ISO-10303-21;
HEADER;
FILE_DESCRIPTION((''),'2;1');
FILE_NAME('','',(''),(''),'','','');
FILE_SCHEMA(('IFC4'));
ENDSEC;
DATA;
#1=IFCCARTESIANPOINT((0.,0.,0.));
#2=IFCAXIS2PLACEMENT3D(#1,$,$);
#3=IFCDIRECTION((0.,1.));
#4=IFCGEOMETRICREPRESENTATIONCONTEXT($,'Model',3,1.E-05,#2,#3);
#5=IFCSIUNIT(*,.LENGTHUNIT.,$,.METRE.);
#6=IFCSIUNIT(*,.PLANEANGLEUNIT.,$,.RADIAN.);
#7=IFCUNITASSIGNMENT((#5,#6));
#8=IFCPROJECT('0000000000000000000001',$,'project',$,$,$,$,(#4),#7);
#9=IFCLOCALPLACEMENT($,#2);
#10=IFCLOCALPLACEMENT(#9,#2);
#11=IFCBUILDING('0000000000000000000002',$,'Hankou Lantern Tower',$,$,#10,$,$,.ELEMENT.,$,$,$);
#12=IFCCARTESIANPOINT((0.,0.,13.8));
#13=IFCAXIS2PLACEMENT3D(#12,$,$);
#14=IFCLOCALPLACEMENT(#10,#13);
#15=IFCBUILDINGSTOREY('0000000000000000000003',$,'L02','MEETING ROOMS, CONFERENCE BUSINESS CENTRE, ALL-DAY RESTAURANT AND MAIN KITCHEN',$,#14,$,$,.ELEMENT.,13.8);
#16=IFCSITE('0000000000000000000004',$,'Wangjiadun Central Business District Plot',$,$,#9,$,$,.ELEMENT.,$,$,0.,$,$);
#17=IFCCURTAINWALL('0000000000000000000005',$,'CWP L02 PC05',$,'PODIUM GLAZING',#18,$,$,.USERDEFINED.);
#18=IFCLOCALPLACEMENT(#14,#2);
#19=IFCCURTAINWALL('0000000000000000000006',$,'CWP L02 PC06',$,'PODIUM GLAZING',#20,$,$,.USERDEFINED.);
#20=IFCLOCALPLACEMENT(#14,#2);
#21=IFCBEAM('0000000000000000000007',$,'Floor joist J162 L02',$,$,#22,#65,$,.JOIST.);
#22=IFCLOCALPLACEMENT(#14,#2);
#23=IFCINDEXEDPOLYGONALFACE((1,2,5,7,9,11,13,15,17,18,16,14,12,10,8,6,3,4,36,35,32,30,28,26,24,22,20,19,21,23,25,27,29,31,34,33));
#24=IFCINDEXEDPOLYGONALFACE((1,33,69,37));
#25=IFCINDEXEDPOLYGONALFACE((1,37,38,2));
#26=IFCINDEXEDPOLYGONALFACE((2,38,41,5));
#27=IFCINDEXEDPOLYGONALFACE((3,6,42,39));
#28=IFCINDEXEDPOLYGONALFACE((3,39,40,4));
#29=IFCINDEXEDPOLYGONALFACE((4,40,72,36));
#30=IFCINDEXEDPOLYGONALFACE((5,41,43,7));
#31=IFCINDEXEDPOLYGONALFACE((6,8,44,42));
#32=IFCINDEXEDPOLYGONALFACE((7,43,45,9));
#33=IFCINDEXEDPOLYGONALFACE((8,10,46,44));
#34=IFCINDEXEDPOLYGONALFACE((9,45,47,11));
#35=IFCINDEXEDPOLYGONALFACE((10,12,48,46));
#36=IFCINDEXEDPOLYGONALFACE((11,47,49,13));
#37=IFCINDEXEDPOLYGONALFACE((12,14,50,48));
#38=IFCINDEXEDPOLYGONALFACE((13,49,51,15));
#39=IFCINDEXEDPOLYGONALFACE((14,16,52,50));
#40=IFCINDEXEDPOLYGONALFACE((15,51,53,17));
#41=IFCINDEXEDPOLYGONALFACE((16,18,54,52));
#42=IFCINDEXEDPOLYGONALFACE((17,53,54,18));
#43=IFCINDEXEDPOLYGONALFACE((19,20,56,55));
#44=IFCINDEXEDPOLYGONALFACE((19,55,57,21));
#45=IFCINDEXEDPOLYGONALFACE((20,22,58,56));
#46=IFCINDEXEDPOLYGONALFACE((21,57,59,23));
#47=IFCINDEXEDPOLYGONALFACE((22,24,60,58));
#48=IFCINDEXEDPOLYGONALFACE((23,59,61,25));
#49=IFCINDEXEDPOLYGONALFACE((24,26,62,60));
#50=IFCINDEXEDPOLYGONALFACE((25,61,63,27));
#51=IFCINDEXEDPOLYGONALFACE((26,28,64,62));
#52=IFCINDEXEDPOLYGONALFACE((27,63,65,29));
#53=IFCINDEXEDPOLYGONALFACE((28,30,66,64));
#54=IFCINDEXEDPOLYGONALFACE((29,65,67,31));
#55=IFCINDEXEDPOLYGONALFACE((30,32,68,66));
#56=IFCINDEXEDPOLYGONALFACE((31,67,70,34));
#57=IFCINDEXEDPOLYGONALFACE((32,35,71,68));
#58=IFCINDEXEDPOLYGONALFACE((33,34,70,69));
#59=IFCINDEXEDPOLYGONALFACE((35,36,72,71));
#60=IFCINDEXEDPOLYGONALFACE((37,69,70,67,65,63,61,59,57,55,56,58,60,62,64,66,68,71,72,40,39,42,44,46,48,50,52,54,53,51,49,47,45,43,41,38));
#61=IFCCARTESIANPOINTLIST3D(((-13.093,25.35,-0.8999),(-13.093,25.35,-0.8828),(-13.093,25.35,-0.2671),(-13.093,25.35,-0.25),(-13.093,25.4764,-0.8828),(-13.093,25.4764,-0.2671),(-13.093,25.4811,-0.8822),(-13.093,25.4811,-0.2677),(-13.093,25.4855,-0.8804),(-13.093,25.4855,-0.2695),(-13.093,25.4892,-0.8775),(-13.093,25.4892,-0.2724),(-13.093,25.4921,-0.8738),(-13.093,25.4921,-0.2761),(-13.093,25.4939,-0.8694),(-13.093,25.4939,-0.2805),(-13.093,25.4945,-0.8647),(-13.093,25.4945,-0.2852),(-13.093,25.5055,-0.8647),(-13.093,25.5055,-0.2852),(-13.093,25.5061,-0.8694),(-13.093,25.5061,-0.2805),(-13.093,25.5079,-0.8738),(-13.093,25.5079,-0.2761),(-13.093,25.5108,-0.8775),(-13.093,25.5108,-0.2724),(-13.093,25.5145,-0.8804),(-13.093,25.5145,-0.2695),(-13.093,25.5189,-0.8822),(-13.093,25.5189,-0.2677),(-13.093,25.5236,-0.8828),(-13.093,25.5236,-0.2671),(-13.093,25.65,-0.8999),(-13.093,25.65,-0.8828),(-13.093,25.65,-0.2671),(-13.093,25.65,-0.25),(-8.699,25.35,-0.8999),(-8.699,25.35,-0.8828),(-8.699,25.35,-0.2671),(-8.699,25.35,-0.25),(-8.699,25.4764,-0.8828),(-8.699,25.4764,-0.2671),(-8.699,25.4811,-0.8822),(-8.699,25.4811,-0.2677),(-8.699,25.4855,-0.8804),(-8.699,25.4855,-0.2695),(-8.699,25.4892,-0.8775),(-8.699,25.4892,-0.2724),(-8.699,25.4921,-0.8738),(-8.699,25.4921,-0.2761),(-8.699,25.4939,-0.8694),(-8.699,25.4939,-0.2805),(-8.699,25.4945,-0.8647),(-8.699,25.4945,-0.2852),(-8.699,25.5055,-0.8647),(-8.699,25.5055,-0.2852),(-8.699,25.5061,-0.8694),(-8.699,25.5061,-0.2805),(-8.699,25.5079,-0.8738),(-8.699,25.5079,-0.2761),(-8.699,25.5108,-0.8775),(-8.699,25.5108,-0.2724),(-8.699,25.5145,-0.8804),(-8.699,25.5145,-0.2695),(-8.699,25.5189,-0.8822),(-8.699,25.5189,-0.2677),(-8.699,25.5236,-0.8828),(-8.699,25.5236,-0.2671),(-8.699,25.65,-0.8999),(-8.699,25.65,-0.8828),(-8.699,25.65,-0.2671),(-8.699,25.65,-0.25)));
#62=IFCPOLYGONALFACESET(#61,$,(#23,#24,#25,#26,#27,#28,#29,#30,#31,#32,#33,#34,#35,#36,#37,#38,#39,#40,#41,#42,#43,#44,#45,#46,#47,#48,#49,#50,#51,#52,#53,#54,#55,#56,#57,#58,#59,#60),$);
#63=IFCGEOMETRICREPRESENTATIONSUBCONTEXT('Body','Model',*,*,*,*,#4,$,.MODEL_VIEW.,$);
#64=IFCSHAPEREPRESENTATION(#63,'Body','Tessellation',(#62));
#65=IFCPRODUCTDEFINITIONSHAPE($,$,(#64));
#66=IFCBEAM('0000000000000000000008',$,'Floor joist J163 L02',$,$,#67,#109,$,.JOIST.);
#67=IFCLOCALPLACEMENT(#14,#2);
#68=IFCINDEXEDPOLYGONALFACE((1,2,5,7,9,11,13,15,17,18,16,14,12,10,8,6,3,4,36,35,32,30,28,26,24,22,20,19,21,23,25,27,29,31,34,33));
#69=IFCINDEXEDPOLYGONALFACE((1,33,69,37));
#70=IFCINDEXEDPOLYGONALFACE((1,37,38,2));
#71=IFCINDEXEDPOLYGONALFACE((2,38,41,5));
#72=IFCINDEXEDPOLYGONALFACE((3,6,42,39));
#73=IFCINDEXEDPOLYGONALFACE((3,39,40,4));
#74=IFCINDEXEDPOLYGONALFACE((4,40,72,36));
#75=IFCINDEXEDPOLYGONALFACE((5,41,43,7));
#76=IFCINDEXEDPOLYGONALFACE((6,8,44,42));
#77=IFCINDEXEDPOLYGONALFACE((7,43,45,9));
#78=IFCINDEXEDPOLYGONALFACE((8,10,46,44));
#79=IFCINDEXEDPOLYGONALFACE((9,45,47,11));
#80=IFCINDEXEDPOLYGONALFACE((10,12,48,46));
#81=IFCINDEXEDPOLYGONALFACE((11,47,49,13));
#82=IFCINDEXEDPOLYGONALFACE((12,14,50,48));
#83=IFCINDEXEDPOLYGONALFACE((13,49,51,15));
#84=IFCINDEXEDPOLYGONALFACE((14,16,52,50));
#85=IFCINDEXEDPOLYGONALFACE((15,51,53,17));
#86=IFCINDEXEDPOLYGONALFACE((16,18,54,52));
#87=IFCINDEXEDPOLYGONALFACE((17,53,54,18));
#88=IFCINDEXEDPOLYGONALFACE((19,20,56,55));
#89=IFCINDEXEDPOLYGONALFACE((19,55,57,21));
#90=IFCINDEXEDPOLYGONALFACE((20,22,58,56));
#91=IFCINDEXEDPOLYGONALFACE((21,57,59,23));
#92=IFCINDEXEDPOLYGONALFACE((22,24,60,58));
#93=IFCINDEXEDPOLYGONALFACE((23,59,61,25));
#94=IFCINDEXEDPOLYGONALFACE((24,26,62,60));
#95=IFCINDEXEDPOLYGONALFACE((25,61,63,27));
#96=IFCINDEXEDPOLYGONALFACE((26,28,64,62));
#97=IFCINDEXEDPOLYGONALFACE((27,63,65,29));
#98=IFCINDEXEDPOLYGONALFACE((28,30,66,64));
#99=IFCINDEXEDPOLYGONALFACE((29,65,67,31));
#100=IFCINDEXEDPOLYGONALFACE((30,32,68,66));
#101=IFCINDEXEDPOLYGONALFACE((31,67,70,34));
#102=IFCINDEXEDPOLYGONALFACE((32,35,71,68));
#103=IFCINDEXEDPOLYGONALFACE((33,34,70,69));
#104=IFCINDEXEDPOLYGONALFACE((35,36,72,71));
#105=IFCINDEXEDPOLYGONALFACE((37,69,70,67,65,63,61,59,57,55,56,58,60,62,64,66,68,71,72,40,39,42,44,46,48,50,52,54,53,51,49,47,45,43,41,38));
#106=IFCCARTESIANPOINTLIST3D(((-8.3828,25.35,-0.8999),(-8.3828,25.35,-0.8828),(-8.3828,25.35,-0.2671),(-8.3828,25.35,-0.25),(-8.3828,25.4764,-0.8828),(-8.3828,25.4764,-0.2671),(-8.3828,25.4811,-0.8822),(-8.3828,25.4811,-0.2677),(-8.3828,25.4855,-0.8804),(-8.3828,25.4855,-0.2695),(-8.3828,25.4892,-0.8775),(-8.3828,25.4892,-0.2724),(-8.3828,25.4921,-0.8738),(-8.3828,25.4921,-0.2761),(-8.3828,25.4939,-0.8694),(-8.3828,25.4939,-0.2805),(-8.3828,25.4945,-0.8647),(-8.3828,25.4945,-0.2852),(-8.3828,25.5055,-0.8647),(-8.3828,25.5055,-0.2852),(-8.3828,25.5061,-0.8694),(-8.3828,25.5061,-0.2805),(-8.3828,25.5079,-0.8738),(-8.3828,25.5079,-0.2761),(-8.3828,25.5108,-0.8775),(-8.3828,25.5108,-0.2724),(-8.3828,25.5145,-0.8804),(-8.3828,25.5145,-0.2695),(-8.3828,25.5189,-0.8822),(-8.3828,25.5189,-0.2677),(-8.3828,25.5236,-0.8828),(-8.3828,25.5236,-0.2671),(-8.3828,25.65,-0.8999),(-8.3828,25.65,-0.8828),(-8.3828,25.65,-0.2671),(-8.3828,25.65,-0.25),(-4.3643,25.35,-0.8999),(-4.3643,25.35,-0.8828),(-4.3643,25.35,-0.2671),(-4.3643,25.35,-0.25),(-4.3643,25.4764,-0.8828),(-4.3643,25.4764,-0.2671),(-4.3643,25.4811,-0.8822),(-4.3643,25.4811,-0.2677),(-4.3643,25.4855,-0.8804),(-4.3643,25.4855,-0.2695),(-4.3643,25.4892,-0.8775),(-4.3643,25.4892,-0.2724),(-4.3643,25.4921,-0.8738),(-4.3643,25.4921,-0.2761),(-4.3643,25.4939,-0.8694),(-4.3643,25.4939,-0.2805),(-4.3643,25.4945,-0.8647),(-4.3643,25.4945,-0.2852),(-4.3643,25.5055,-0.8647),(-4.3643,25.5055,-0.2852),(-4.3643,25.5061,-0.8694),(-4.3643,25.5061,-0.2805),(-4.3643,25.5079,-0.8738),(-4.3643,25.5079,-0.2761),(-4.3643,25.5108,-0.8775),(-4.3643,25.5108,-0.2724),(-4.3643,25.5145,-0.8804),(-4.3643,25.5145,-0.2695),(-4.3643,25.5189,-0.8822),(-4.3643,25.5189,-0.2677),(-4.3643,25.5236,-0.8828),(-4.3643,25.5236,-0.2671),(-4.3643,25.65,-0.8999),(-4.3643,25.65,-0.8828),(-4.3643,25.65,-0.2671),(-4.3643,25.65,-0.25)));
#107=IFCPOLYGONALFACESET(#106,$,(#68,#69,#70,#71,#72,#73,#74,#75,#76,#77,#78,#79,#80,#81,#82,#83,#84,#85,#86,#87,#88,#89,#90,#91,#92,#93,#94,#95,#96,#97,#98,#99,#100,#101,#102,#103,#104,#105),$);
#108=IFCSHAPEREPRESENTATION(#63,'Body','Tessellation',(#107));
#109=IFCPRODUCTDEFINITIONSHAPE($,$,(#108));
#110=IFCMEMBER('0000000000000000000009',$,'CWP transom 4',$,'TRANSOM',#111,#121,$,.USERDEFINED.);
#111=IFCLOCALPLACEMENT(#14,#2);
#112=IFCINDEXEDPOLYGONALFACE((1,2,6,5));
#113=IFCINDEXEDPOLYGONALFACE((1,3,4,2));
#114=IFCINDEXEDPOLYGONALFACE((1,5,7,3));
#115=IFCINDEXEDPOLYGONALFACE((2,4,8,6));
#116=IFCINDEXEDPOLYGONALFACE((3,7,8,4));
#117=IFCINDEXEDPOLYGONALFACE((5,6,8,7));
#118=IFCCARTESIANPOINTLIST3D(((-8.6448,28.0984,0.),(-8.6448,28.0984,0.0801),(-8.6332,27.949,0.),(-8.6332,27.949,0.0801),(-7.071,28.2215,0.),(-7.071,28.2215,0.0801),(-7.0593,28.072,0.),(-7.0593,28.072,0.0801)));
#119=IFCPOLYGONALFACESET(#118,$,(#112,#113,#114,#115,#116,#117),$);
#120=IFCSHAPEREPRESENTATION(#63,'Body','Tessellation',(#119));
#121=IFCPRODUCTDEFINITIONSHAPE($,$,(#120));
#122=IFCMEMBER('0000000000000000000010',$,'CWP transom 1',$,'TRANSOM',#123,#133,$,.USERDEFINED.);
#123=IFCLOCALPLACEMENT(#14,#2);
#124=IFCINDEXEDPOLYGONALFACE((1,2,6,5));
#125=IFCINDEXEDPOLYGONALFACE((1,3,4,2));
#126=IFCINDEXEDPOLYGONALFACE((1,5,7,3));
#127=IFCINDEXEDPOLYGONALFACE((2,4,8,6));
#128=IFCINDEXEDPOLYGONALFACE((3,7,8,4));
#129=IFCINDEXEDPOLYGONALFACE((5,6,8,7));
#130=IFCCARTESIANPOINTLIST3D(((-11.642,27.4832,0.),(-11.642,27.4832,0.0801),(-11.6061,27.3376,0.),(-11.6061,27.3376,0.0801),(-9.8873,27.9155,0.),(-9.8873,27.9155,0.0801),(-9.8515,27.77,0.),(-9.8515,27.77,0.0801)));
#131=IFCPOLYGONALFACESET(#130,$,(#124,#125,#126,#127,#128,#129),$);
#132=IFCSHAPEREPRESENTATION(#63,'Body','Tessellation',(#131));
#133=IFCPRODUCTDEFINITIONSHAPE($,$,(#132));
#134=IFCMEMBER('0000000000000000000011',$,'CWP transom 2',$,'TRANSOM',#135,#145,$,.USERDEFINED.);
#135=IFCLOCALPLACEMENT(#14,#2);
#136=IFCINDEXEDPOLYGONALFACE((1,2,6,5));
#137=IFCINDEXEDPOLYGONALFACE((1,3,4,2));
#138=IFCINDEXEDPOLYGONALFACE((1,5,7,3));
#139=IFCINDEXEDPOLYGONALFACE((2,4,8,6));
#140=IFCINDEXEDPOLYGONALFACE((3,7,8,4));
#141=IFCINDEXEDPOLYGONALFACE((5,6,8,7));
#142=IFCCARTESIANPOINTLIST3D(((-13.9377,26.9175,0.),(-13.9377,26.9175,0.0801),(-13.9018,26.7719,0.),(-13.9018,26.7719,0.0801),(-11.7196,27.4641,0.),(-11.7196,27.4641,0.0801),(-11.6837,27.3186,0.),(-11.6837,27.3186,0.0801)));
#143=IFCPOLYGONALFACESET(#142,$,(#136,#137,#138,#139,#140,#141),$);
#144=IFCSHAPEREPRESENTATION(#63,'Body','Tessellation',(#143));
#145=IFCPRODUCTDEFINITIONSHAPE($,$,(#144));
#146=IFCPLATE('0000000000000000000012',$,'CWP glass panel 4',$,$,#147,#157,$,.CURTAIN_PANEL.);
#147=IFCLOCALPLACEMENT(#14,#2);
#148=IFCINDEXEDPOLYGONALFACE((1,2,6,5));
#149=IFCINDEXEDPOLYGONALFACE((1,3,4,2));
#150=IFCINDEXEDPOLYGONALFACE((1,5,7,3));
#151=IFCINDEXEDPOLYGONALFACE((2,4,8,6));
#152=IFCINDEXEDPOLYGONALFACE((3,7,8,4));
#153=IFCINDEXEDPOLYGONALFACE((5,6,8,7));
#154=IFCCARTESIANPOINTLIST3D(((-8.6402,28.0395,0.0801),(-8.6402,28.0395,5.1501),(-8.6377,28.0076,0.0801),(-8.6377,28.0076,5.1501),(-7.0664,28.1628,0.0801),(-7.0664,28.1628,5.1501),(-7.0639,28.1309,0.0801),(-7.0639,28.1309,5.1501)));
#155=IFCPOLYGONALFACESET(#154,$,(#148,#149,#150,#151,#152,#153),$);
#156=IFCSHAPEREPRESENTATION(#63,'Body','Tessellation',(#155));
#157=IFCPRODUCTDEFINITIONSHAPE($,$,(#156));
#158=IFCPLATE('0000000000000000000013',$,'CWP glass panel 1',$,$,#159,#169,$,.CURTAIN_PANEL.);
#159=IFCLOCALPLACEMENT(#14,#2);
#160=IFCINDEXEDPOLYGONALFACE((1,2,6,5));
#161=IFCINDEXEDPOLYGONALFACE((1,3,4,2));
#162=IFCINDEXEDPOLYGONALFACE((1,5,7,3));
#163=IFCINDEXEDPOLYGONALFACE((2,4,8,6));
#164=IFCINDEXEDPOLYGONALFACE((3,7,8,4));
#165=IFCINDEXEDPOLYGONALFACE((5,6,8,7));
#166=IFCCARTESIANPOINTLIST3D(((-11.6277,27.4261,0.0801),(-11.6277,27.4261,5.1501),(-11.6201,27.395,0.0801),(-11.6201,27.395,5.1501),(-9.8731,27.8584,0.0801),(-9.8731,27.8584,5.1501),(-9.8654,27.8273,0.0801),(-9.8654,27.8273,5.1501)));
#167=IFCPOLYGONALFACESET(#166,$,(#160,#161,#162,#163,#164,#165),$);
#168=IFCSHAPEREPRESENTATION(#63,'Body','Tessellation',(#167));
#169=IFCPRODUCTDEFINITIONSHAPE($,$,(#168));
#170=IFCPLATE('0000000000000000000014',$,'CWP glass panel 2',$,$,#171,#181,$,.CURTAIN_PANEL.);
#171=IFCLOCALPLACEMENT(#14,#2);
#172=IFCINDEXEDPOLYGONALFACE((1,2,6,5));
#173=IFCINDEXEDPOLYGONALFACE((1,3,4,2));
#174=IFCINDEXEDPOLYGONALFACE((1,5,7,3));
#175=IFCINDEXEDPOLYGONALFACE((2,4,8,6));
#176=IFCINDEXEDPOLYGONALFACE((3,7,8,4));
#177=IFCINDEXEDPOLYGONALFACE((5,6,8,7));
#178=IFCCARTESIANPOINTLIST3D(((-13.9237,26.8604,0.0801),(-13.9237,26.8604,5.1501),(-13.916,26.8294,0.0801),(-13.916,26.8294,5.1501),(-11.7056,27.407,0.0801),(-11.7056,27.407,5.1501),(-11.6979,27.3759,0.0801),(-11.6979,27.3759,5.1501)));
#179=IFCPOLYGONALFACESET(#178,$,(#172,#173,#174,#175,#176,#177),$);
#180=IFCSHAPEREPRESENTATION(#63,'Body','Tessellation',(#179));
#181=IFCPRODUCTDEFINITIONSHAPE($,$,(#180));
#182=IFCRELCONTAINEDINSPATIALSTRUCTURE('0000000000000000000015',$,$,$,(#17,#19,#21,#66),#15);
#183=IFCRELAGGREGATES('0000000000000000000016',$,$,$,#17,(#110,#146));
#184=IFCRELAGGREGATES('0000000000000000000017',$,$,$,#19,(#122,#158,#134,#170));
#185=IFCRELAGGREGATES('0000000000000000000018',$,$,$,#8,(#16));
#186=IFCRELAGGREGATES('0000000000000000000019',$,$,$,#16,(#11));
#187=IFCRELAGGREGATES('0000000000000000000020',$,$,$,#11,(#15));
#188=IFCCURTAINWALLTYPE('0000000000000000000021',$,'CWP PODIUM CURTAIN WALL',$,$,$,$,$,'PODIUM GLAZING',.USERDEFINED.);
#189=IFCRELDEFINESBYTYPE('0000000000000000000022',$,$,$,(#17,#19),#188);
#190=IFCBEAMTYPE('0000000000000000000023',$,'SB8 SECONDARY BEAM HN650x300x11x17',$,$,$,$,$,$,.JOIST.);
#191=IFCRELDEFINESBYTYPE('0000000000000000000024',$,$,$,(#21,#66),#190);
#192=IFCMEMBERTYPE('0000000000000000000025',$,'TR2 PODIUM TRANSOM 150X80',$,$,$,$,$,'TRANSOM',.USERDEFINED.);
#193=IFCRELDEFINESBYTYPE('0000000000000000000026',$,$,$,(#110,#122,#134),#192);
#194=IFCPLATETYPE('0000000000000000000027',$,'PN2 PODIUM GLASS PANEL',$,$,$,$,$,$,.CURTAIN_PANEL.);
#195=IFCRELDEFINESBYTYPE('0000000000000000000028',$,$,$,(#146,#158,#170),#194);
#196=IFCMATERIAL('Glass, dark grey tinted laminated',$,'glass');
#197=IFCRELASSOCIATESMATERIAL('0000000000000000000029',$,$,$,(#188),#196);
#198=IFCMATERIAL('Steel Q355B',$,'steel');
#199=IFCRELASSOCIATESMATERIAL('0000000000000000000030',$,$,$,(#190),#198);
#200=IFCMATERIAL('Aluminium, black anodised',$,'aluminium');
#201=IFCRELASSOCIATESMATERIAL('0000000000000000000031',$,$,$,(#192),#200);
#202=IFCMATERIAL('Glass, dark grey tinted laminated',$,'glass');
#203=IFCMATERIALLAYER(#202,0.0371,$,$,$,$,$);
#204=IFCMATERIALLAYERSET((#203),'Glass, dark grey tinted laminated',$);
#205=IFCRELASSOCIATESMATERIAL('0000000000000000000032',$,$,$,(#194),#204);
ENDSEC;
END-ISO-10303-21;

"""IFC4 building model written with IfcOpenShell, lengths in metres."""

from ifc_helpers import new_model, si_unit, direction, frame, origin, origin_2d, place, context, subcontext, project, spatial, rectangle, i_section, extrude, material, layer, layer_set, material_profile, profile_set, type_object, element, aggregate, save


model = new_model("IFC4")

# Units and contexts
model_context = context("Model", 3, precision=1e-05, world=origin(), true_north=direction((0.0, 1.0)))
body_context = subcontext(model_context, "Body", "Model", "MODEL_VIEW")
ifc_project = project(units=[si_unit("LENGTHUNIT", "METRE"), si_unit("PLANEANGLEUNIT", "RADIAN")], contexts=[model_context])

# Site, building, storey
site_placement = place(None, origin())
site = spatial("IfcSite", under=ifc_project, at=site_placement, Name="Wangjiadun Central Business District Plot", CompositionType="ELEMENT", RefElevation=0.0)
building_placement = place(site_placement, origin())
building = spatial("IfcBuilding", under=site, at=building_placement, Name="Hankou Lantern Tower", CompositionType="ELEMENT")
storey_placement = place(building_placement, frame((0.0, 0.0, 13.8)))
storey = spatial("IfcBuildingStorey", under=building, at=storey_placement, Name="L02", Description="MEETING ROOMS, CONFERENCE BUSINESS CENTRE, ALL-DAY RESTAURANT AND MAIN KITCHEN", CompositionType="ELEMENT", Elevation=13.8)

# Curtain walls
ifc_material_1 = material(Name="Glass, dark grey tinted laminated", Category="glass")
curtain_wall_type = type_object("IfcCurtainWallType", Name="CWP PODIUM CURTAIN WALL", ElementType="PODIUM GLAZING", PredefinedType="USERDEFINED", material=ifc_material_1)
curtain_wall_1_placement = place(storey_placement, origin())
curtain_wall_1 = element("IfcCurtainWall", 1, at=curtain_wall_1_placement, inside=storey, type_object=curtain_wall_type, Name="CWP L02 PC05", ObjectType="PODIUM GLAZING", PredefinedType="USERDEFINED")
curtain_wall_2_placement = place(storey_placement, origin())
curtain_wall_2 = element("IfcCurtainWall", 2, at=curtain_wall_2_placement, inside=storey, type_object=curtain_wall_type, Name="CWP L02 PC06", ObjectType="PODIUM GLAZING", PredefinedType="USERDEFINED")

# Beams
ifc_material_2 = material(Name="Steel Q355B", Category="steel")
ifc_material_profile_1 = material_profile(ifc_material_2, i_section(OverallWidth=0.3, OverallDepth=0.6499, WebThickness=0.011, FlangeThickness=0.0171, FilletRadius=0.0181, at=origin_2d()), Name="HN650x300x11x17")
ifc_profile_set_1 = profile_set([ifc_material_profile_1], Name="Steel Q355B")
beam_type_1 = type_object("IfcBeamType", Name="SB8 SECONDARY BEAM HN650x300x11x17", PredefinedType="JOIST", material=ifc_profile_set_1)
beam_1_placement = place(storey_placement, frame((-13.093, 25.5, -0.575), z_axis=(1.0, 0.0, 0.0), x_axis=(0.0, 1.0, 0.0)))
element("IfcBeam", 3, at=beam_1_placement, inside=storey, type_object=beam_type_1, Name="Floor joist J162 L02", PredefinedType="JOIST", context=body_context, shape_type="SweptSolid", body=[
    extrude(i_section(OverallWidth=0.3, OverallDepth=0.6499, WebThickness=0.011, FlangeThickness=0.0171, FilletRadius=0.0181, at=origin_2d()), origin(), (0.0, 0.0, 1.0), 4.394),
])
beam_2_placement = place(storey_placement, frame((-8.3828, 25.5, -0.575), z_axis=(1.0, 0.0, 0.0), x_axis=(0.0, 1.0, 0.0)))
element("IfcBeam", 4, at=beam_2_placement, inside=storey, type_object=beam_type_1, Name="Floor joist J163 L02", PredefinedType="JOIST", context=body_context, shape_type="SweptSolid", body=[
    extrude(i_section(OverallWidth=0.3, OverallDepth=0.6499, WebThickness=0.011, FlangeThickness=0.0171, FilletRadius=0.0181, at=origin_2d()), origin(), (0.0, 0.0, 1.0), 4.0186),
])

# Members
ifc_material_3 = material(Name="Aluminium, black anodised", Category="aluminium")
ifc_material_profile_2 = material_profile(ifc_material_3, rectangle(XDim=0.1499, YDim=0.0801, at=origin_2d()), Name="TR2 150X80")
ifc_profile_set_2 = profile_set([ifc_material_profile_2], Name="Aluminium, black anodised")
member_type_1 = type_object("IfcMemberType", Name="TR2 PODIUM TRANSOM 150X80", ElementType="TRANSOM", PredefinedType="USERDEFINED", material=ifc_profile_set_2)
member_1_placement = place(storey_placement, frame((-7.0652, 28.1467, 0.04), z_axis=(-0.996957, -0.07795, 0.0), x_axis=(0.07795, -0.996957, 0.0)))
member_1 = element("IfcMember", 5, at=member_1_placement, type_object=member_type_1, Name="CWP transom 4", ObjectType="TRANSOM", PredefinedType="USERDEFINED", context=body_context, shape_type="SweptSolid", body=[
    extrude(rectangle(XDim=0.1499, YDim=0.0801, at=origin_2d()), origin(), (0.0, 0.0, 1.0), 1.5786),
])
member_2_placement = place(storey_placement, frame((-9.8694, 27.8428, 0.04), z_axis=(-0.970956, -0.23926, 0.0), x_axis=(0.23926, -0.970956, 0.0)))
member_2 = element("IfcMember", 6, at=member_2_placement, type_object=member_type_1, Name="CWP transom 1", ObjectType="TRANSOM", PredefinedType="USERDEFINED", context=body_context, shape_type="SweptSolid", body=[
    extrude(rectangle(XDim=0.1499, YDim=0.0801, at=origin_2d()), origin(), (0.0, 0.0, 1.0), 1.8071),
])
member_3_placement = place(storey_placement, frame((-11.7017, 27.3914, 0.04), z_axis=(-0.970948, -0.23929, 0.0), x_axis=(0.23929, -0.970948, 0.0)))
member_3 = element("IfcMember", 7, at=member_3_placement, type_object=member_type_1, Name="CWP transom 2", ObjectType="TRANSOM", PredefinedType="USERDEFINED", context=body_context, shape_type="SweptSolid", body=[
    extrude(rectangle(XDim=0.1499, YDim=0.0801, at=origin_2d()), origin(), (0.0, 0.0, 1.0), 2.2844),
])

# Plates
ifc_material_4 = material(Name="Glass, dark grey tinted laminated", Category="glass")
ifc_layer = layer(ifc_material_4, 0.0371)
ifc_layer_set = layer_set([ifc_layer], Name="Glass, dark grey tinted laminated")
plate_type = type_object("IfcPlateType", Name="PN2 PODIUM GLASS PANEL", PredefinedType="CURTAIN_PANEL", material=ifc_layer_set)
plate_1_placement = place(storey_placement, frame((-7.8521, 28.0852, 0.0801), z_axis=(0.0, 0.0, 1.0), x_axis=(-0.996949, -0.078062, 0.0)))
plate_1 = element("IfcPlate", 8, at=plate_1_placement, type_object=plate_type, Name="CWP glass panel 4", PredefinedType="CURTAIN_PANEL", context=body_context, shape_type="SweptSolid", body=[
    extrude(rectangle(XDim=1.5786, YDim=0.032, at=origin_2d()), origin(), (0.0, 0.0, 1.0), 5.0701),
])
aggregate(curtain_wall_1, [member_1, plate_1])
plate_2_placement = place(storey_placement, frame((-10.7466, 27.6267, 0.0801), z_axis=(0.0, 0.0, 1.0), x_axis=(-0.970961, -0.239238, 0.0)))
plate_2 = element("IfcPlate", 9, at=plate_2_placement, type_object=plate_type, Name="CWP glass panel 1", PredefinedType="CURTAIN_PANEL", context=body_context, shape_type="SweptSolid", body=[
    extrude(rectangle(XDim=1.8071, YDim=0.032, at=origin_2d()), origin(), (0.0, 0.0, 1.0), 5.0701),
])
plate_3_placement = place(storey_placement, frame((-12.8108, 27.1182, 0.0801), z_axis=(0.0, 0.0, 1.0), x_axis=(-0.970961, -0.239238, 0.0)))
plate_3 = element("IfcPlate", 10, at=plate_3_placement, type_object=plate_type, Name="CWP glass panel 2", PredefinedType="CURTAIN_PANEL", context=body_context, shape_type="SweptSolid", body=[
    extrude(rectangle(XDim=2.2844, YDim=0.032, at=origin_2d()), origin(), (0.0, 0.0, 1.0), 5.0701),
])
aggregate(curtain_wall_2, [member_2, plate_2, member_3, plate_3])

save(model, "model.ifc")
